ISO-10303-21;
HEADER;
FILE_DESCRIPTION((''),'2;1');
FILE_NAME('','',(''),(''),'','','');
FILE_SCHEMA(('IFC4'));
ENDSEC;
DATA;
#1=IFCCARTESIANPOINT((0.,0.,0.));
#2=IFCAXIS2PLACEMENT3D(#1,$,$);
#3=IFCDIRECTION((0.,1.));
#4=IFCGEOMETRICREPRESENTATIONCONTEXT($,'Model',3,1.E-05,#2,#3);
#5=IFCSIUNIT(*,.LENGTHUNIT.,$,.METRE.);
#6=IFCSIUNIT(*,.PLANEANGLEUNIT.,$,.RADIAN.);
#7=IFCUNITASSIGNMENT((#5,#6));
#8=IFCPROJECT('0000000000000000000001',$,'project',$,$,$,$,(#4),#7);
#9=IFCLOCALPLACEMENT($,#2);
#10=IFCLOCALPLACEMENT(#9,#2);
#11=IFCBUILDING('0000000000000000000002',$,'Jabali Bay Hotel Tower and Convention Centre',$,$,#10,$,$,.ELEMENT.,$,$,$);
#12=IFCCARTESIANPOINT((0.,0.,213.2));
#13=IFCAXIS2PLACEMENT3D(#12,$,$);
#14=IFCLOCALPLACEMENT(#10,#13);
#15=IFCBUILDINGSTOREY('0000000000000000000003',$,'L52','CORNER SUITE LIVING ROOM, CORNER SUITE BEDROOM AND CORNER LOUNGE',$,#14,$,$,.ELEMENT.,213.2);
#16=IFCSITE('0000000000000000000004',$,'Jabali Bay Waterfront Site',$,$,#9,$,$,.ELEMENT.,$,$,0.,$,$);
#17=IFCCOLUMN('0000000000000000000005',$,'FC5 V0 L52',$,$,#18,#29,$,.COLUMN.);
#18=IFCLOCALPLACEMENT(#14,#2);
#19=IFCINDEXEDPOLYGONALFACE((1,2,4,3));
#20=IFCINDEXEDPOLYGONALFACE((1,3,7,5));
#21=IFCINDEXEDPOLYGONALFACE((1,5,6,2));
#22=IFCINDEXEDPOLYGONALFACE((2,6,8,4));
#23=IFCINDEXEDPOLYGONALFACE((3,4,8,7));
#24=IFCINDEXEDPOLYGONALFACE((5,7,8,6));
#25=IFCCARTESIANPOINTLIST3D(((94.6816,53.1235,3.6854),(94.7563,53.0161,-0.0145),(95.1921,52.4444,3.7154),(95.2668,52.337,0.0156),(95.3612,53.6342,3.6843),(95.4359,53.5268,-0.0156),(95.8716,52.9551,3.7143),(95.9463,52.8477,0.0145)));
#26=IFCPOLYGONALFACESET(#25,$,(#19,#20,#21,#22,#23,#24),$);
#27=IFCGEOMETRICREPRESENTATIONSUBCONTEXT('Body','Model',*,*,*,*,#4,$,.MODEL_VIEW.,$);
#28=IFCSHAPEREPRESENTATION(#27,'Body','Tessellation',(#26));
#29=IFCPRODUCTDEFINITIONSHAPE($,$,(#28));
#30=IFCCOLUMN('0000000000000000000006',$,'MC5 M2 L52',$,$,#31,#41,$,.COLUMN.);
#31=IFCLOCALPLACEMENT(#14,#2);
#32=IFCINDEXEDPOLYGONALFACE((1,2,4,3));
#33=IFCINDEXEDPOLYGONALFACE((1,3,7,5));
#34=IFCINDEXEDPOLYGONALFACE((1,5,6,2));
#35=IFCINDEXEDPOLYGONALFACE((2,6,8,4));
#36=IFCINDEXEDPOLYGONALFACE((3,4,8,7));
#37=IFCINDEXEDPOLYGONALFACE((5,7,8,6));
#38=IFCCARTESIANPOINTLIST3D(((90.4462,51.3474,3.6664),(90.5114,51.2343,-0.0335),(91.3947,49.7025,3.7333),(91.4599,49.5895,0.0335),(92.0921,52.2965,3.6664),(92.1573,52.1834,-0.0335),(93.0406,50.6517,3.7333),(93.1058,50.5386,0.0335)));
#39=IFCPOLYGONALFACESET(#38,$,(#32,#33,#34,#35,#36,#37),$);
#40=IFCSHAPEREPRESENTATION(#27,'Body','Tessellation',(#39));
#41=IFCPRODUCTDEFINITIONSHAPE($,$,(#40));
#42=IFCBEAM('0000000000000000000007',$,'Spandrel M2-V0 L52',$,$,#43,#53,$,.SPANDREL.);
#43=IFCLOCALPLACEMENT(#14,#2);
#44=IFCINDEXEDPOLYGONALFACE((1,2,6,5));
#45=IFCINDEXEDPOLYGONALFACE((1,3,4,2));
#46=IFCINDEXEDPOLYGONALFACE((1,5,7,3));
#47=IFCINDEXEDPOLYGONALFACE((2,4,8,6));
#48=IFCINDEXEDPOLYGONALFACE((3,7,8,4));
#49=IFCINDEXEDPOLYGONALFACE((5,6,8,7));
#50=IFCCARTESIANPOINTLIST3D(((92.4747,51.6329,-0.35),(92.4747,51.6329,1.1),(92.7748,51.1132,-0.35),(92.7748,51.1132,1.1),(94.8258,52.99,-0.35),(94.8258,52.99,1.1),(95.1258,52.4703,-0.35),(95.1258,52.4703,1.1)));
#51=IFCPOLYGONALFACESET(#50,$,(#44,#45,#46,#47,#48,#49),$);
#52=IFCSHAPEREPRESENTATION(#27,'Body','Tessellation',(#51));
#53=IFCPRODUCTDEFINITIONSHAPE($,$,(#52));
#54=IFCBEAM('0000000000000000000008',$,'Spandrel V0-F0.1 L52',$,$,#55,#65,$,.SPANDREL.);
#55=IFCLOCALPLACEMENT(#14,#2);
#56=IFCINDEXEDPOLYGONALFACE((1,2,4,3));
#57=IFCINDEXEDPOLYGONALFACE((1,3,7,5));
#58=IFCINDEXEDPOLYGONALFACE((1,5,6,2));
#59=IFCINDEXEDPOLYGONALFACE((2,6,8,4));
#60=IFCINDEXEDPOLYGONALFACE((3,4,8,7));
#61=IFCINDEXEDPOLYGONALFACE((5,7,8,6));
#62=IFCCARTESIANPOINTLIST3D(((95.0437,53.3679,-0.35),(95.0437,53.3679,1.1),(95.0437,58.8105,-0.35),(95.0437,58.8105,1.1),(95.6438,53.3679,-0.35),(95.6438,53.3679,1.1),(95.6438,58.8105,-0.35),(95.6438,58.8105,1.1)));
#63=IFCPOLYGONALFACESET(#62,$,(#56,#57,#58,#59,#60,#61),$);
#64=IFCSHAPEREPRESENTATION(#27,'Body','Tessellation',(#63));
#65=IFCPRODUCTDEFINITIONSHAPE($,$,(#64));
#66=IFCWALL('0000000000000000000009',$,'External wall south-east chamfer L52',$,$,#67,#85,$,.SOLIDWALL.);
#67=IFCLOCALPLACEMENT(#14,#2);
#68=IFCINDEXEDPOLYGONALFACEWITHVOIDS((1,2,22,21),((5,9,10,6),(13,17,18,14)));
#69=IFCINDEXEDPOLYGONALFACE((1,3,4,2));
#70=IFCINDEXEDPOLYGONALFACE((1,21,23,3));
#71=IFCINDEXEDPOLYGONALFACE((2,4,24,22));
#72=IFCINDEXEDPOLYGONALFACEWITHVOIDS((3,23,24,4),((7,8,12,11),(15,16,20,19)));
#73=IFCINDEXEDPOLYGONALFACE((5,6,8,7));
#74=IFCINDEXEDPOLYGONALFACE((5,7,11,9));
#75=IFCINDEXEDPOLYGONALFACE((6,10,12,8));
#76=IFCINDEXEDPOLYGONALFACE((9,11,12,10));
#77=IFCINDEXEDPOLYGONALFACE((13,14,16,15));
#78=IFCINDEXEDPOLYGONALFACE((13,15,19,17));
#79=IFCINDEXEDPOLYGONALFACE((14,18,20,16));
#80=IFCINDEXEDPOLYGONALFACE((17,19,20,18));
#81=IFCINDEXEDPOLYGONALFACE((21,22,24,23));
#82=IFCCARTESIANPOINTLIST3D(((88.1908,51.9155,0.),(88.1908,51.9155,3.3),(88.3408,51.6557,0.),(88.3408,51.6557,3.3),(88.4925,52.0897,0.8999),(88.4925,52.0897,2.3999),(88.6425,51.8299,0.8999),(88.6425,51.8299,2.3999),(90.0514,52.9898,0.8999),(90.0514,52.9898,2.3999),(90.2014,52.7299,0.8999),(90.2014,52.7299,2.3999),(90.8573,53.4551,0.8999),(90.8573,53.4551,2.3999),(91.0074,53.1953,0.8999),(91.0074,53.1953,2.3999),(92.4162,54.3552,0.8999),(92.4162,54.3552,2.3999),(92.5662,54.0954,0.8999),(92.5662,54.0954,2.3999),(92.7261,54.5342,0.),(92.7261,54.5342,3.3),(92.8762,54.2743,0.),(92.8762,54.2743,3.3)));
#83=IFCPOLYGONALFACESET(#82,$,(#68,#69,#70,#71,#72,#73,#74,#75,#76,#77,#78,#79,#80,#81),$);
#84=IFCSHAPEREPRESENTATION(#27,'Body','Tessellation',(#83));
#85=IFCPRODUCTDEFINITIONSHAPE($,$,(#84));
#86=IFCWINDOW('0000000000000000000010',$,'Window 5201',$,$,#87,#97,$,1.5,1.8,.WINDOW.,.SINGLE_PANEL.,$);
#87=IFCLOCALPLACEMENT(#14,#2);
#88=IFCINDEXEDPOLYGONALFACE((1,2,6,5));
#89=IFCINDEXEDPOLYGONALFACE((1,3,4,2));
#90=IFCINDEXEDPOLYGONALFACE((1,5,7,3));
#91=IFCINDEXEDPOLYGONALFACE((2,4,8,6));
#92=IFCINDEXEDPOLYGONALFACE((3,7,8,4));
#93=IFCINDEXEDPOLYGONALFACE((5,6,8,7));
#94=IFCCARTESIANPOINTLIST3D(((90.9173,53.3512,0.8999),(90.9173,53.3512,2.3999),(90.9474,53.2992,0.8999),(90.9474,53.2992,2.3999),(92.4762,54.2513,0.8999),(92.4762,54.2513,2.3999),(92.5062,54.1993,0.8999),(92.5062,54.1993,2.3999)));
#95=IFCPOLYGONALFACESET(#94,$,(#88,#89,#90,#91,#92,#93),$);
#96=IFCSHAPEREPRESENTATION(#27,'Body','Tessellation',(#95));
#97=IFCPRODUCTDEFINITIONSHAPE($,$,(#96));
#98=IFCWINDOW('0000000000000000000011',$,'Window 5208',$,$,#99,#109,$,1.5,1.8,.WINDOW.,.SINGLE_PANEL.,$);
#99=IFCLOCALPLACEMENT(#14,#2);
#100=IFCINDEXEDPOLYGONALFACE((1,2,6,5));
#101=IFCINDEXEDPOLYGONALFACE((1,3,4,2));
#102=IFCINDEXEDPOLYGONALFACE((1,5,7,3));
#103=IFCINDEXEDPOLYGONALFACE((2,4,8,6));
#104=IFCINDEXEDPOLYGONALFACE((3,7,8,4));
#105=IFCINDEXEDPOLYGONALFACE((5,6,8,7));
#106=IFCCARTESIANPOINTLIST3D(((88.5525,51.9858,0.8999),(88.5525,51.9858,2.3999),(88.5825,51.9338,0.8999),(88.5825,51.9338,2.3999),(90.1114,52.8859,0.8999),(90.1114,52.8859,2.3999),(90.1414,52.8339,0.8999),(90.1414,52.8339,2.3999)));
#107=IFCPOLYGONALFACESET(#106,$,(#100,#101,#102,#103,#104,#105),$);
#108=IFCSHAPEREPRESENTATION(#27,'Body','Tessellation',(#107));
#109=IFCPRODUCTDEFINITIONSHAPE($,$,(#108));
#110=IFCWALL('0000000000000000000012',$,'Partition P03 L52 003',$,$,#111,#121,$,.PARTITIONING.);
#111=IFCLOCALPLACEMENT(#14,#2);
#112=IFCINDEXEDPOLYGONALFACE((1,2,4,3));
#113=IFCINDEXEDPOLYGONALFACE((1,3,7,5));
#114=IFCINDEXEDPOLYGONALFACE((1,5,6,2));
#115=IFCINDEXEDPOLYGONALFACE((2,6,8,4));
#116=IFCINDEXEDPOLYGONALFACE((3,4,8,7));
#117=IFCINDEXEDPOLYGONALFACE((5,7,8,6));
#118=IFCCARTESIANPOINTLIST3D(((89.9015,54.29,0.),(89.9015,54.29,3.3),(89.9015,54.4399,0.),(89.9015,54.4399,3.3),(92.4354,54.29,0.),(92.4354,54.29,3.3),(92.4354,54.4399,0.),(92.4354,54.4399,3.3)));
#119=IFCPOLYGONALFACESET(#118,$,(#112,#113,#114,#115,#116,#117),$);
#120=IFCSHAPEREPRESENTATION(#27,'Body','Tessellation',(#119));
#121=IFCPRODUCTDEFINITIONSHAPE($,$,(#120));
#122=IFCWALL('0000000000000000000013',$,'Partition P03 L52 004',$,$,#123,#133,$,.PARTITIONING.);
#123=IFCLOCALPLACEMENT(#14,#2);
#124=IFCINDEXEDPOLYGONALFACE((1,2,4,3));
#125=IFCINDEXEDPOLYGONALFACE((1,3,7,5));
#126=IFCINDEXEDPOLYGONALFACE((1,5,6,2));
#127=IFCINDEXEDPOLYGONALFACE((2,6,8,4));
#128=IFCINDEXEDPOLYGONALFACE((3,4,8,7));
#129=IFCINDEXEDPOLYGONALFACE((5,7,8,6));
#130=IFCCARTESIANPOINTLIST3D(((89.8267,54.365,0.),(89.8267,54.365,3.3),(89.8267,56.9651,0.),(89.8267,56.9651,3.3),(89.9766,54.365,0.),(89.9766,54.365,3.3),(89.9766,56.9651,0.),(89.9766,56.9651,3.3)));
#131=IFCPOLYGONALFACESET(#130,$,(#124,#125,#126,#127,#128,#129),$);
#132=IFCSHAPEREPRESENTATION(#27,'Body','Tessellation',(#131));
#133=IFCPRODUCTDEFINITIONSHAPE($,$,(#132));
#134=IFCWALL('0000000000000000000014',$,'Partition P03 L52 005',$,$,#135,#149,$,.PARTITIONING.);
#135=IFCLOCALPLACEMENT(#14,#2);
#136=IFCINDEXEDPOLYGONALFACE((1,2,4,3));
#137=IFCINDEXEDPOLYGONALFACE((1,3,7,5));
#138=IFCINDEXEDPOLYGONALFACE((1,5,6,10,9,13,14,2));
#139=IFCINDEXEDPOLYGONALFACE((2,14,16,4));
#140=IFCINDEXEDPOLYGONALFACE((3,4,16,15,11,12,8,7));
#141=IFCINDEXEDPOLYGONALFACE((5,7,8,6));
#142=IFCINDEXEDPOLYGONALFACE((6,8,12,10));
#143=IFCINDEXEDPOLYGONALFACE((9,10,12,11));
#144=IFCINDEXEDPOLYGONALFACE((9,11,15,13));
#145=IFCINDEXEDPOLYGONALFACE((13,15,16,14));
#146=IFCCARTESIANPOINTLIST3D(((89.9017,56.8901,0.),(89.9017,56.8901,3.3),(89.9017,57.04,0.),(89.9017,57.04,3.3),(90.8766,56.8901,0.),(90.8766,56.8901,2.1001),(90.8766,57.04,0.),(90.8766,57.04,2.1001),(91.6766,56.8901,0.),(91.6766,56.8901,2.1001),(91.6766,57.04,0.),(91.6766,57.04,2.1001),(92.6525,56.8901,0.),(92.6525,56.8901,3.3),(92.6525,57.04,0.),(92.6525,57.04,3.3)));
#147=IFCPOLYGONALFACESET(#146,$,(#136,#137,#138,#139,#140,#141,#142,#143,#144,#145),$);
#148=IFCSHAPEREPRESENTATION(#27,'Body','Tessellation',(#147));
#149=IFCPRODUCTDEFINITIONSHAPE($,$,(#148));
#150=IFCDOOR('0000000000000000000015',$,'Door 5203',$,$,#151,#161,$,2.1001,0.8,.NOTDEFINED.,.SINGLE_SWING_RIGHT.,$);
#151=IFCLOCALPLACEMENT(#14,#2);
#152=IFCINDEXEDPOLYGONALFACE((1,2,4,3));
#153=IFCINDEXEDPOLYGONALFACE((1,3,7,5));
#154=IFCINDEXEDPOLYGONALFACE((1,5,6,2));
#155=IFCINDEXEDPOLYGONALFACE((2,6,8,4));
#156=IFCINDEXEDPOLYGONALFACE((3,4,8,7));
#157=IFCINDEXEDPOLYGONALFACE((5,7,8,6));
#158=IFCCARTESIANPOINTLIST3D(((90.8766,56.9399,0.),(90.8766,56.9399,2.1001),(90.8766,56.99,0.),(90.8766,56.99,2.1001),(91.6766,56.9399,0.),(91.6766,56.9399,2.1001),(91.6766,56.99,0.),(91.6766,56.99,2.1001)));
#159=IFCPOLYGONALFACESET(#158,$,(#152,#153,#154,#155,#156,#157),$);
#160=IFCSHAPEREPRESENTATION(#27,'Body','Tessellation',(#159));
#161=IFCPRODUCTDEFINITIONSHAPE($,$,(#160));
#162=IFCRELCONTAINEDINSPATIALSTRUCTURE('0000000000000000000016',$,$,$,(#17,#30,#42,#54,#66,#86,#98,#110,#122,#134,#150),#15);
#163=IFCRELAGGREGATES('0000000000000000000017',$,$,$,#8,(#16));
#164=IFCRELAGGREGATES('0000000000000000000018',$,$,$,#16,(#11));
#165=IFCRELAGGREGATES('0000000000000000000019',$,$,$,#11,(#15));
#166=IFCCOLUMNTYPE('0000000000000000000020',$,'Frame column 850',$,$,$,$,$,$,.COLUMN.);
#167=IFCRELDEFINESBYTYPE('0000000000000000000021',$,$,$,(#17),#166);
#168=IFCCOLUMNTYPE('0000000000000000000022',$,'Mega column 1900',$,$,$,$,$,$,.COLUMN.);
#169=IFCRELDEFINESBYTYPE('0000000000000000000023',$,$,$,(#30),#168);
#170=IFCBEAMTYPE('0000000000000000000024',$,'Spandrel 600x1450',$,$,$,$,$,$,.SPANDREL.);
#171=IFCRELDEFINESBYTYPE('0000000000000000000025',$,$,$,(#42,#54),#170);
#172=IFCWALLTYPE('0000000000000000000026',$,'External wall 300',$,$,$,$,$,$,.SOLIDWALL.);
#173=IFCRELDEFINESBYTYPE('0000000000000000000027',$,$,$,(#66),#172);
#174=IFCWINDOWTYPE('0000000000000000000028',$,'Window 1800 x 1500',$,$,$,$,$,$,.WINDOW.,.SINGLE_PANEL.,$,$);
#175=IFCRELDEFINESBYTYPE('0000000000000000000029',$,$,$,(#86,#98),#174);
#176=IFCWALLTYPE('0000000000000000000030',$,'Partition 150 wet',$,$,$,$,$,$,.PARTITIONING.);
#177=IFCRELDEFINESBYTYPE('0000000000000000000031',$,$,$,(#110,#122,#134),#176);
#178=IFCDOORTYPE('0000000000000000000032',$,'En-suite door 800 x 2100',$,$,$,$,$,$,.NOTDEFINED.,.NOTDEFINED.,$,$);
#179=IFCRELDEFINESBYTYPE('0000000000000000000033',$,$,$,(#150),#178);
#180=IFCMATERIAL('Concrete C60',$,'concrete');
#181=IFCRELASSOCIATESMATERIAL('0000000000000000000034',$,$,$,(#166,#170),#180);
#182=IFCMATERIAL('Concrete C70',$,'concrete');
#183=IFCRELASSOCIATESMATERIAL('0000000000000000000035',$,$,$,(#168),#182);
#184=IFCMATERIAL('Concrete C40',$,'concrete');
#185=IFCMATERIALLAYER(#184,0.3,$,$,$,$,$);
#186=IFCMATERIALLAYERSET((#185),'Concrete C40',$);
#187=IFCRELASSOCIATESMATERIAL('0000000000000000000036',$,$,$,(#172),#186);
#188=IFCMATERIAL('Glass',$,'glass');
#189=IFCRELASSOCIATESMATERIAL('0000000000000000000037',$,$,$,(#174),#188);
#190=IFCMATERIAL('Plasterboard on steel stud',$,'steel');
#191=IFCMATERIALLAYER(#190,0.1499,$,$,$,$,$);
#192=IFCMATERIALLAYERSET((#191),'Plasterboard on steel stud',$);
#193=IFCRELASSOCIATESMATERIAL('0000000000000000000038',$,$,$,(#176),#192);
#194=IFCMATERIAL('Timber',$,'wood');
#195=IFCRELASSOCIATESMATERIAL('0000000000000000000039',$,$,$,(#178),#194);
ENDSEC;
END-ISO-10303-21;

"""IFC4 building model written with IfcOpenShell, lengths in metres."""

from ifc_helpers import new_model, si_unit, direction, frame, frame_2d, origin, origin_2d, place, context, subcontext, project, spatial, rectangle, extrude, material, layer, layer_set, material_profile, profile_set, type_object, element, fill, save


model = new_model("IFC4")

# Units and contexts
model_context = context("Model", 3, precision=1e-05, world=origin(), true_north=direction((0.0, 1.0)))
body_context = subcontext(model_context, "Body", "Model", "MODEL_VIEW")
ifc_project = project(units=[si_unit("LENGTHUNIT", "METRE"), si_unit("PLANEANGLEUNIT", "RADIAN")], contexts=[model_context])

# Site, building, storey
site_placement = place(None, origin())
site = spatial("IfcSite", under=ifc_project, at=site_placement, Name="Jabali Bay Waterfront Site", CompositionType="ELEMENT", RefElevation=0.0)
building_placement = place(site_placement, origin())
building = spatial("IfcBuilding", under=site, at=building_placement, Name="Jabali Bay Hotel Tower and Convention Centre", CompositionType="ELEMENT")
storey_placement = place(building_placement, frame((0.0, 0.0, 213.2)))
storey = spatial("IfcBuildingStorey", under=building, at=storey_placement, Name="L52", Description="CORNER SUITE LIVING ROOM, CORNER SUITE BEDROOM AND CORNER LOUNGE", CompositionType="ELEMENT", Elevation=213.2)

# Columns
ifc_material_1 = material(Name="Concrete C60", Category="concrete")
ifc_material_profile_1 = material_profile(ifc_material_1, rectangle(XDim=0.8501, YDim=0.8501, at=origin_2d()), Name="Frame column 850")
ifc_profile_set_1 = profile_set([ifc_material_profile_1], Name="Concrete C60")
column_type_1 = type_object("IfcColumnType", Name="Frame column 850", PredefinedType="COLUMN", material=ifc_profile_set_1)
column_1_placement = place(storey_placement, frame((95.3513, 52.9319, 0.0), z_axis=(-0.020179, 0.029015, 0.999375), x_axis=(-0.799396, -0.600804, 0.001302)))
element("IfcColumn", 1, at=column_1_placement, inside=storey, type_object=column_type_1, Name="FC5 V0 L52", PredefinedType="COLUMN", context=body_context, shape_type="SweptSolid", body=[
    extrude(rectangle(XDim=0.8501, YDim=0.8501, at=origin_2d()), origin(), (0.0, 0.0, 1.0), 3.7021),
])
ifc_material_2 = material(Name="Concrete C70", Category="concrete")
ifc_material_profile_2 = material_profile(ifc_material_2, rectangle(XDim=1.8999, YDim=1.8999, at=origin_2d()), Name="Mega column 1900")
ifc_profile_set_2 = profile_set([ifc_material_profile_2], Name="Concrete C70")
column_type_2 = type_object("IfcColumnType", Name="Mega column 1900", PredefinedType="COLUMN", material=ifc_profile_set_2)
column_2_placement = place(storey_placement, frame((91.8086, 50.8865, 0.0), z_axis=(-0.017607, 0.030532, 0.999379), x_axis=(0.499248, -0.865742, 0.035245)))
element("IfcColumn", 2, at=column_2_placement, inside=storey, type_object=column_type_2, Name="MC5 M2 L52", PredefinedType="COLUMN", context=body_context, shape_type="SweptSolid", body=[
    extrude(rectangle(XDim=1.8999, YDim=1.8999, at=origin_2d()), origin(), (0.0, 0.0, 1.0), 3.7021),
])

# Beams
ifc_material_profile_3 = material_profile(ifc_material_1, rectangle(XDim=0.6001, YDim=1.45, at=origin_2d()), Name="Spandrel 600x1450")
ifc_profile_set_3 = profile_set([ifc_material_profile_3], Name="Concrete C60")
beam_type = type_object("IfcBeamType", Name="Spandrel 600x1450", PredefinedType="SPANDREL", material=ifc_profile_set_3)
beam_1_placement = place(storey_placement, frame((92.6248, 51.373, 0.375), z_axis=(0.86606, 0.49994, 0.0), x_axis=(-0.49994, 0.86606, 0.0)))
element("IfcBeam", 3, at=beam_1_placement, inside=storey, type_object=beam_type, Name="Spandrel M2-V0 L52", PredefinedType="SPANDREL", context=body_context, shape_type="SweptSolid", body=[
    extrude(rectangle(XDim=0.6001, YDim=1.45, at=origin_2d()), origin(), (0.0, 0.0, 1.0), 2.7146),
])
beam_2_placement = place(storey_placement, frame((95.3438, 53.3679, 0.375), z_axis=(0.0, 1.0, 0.0), x_axis=(-1.0, 0.0, 0.0)))
element("IfcBeam", 4, at=beam_2_placement, inside=storey, type_object=beam_type, Name="Spandrel V0-F0.1 L52", PredefinedType="SPANDREL", context=body_context, shape_type="SweptSolid", body=[
    extrude(rectangle(XDim=0.6001, YDim=1.45, at=origin_2d()), origin(), (0.0, 0.0, 1.0), 5.4426),
])

# Wall, openings, windows
ifc_material_3 = material(Name="Concrete C40", Category="concrete")
ifc_layer_1 = layer(ifc_material_3, 0.3)
ifc_layer_set_1 = layer_set([ifc_layer_1], Name="Concrete C40")
wall_type_1 = type_object("IfcWallType", Name="External wall 300", PredefinedType="SOLIDWALL", material=ifc_layer_set_1)
wall_1_placement = place(storey_placement, frame((92.8013, 54.4043, 0.0), z_axis=(0.0, 0.0, 1.0), x_axis=(-0.866014, -0.50002, 0.0)))
wall_1 = element("IfcWall", 5, at=wall_1_placement, inside=storey, type_object=wall_type_1, Name="External wall south-east chamfer L52", PredefinedType="SOLIDWALL", context=body_context, shape_type="SweptSolid", body=[
    extrude(rectangle(XDim=5.2371, YDim=0.3, at=frame_2d((2.6187, 0.0))), origin(), (0.0, 0.0, 1.0), 3.3),
])
opening_1_placement = place(wall_1_placement, frame((0.3582, 0.0, 0.8999)))
opening_1 = element("IfcOpeningElement", 6, at=opening_1_placement, cuts=wall_1, PredefinedType="OPENING", context=body_context, shape_type="SweptSolid", body=[
    extrude(rectangle(XDim=1.8, YDim=1.5, at=frame_2d((0.8999, 0.75))), frame((0.0, 0.1606, 0.0), z_axis=(0.0, -1.0, 0.0), x_axis=(1.0, 0.0, 0.0)), (0.0, 0.0, 1.0), 0.321),
])
opening_2_placement = place(wall_1_placement, frame((3.0889, 0.0, 0.8999)))
opening_2 = element("IfcOpeningElement", 7, at=opening_2_placement, cuts=wall_1, PredefinedType="OPENING", context=body_context, shape_type="SweptSolid", body=[
    extrude(rectangle(XDim=1.8, YDim=1.5, at=frame_2d((0.8999, 0.75))), frame((0.0, 0.1606, 0.0), z_axis=(0.0, -1.0, 0.0), x_axis=(1.0, 0.0, 0.0)), (0.0, 0.0, 1.0), 0.321),
])
ifc_material_4 = material(Name="Glass", Category="glass")
window_type = type_object("IfcWindowType", Name="Window 1800 x 1500", PartitioningType="SINGLE_PANEL", PredefinedType="WINDOW", material=ifc_material_4)
window_1_placement = place(opening_1_placement, origin())
window_1 = element("IfcWindow", 8, at=window_1_placement, inside=storey, type_object=window_type, Name="Window 5201", OverallHeight=1.5, OverallWidth=1.8, PartitioningType="SINGLE_PANEL", PredefinedType="WINDOW", context=body_context, shape_type="SweptSolid", body=[
    extrude(rectangle(XDim=1.8, YDim=1.5, at=frame_2d((0.8999, 0.75))), frame((0.0, 0.03, 0.0), z_axis=(0.0, -1.0, 0.0), x_axis=(1.0, 0.0, 0.0)), (0.0, 0.0, 1.0), 0.0601),
])
fill(opening_1, window_1)
window_2_placement = place(opening_2_placement, origin())
window_2 = element("IfcWindow", 9, at=window_2_placement, inside=storey, type_object=window_type, Name="Window 5208", OverallHeight=1.5, OverallWidth=1.8, PartitioningType="SINGLE_PANEL", PredefinedType="WINDOW", context=body_context, shape_type="SweptSolid", body=[
    extrude(rectangle(XDim=1.8, YDim=1.5, at=frame_2d((0.8999, 0.75))), frame((0.0, 0.03, 0.0), z_axis=(0.0, -1.0, 0.0), x_axis=(1.0, 0.0, 0.0)), (0.0, 0.0, 1.0), 0.0601),
])
fill(opening_2, window_2)

# Walls
ifc_material_5 = material(Name="Plasterboard on steel stud", Category="steel")
ifc_layer_2 = layer(ifc_material_5, 0.1499)
ifc_layer_set_2 = layer_set([ifc_layer_2], Name="Plasterboard on steel stud")
wall_type_2 = type_object("IfcWallType", Name="Partition 150 wet", PredefinedType="PARTITIONING", material=ifc_layer_set_2)
wall_2_placement = place(storey_placement, frame((92.4355, 54.365, 0.0), z_axis=(0.0, 0.0, 1.0), x_axis=(-1.0, 0.0, 0.0)))
element("IfcWall", 10, at=wall_2_placement, inside=storey, type_object=wall_type_2, Name="Partition P03 L52 003", PredefinedType="PARTITIONING", context=body_context, shape_type="SweptSolid", body=[
    extrude(rectangle(XDim=2.5339, YDim=0.1499, at=frame_2d((1.2671, 0.0))), origin(), (0.0, 0.0, 1.0), 3.3),
])
wall_3_placement = place(storey_placement, frame((89.9016, 54.365, 0.0), z_axis=(0.0, 0.0, 1.0), x_axis=(0.0, 1.0, 0.0)))
element("IfcWall", 11, at=wall_3_placement, inside=storey, type_object=wall_type_2, Name="Partition P03 L52 004", PredefinedType="PARTITIONING", context=body_context, shape_type="SweptSolid", body=[
    extrude(rectangle(XDim=2.6001, YDim=0.1499, at=frame_2d((1.3, 0.0))), origin(), (0.0, 0.0, 1.0), 3.3),
])

# Wall, opening, door
wall_4_placement = place(storey_placement, frame((89.9016, 56.9651, 0.0), z_axis=(0.0, 0.0, 1.0), x_axis=(1.0, 0.0, 0.0)))
wall_4 = element("IfcWall", 12, at=wall_4_placement, inside=storey, type_object=wall_type_2, Name="Partition P03 L52 005", PredefinedType="PARTITIONING", context=body_context, shape_type="SweptSolid", body=[
    extrude(rectangle(XDim=2.7507, YDim=0.1499, at=frame_2d((1.3755, 0.0))), origin(), (0.0, 0.0, 1.0), 3.3),
])
opening_3_placement = place(wall_4_placement, frame((0.9751, 0.0, 0.0)))
opening_3 = element("IfcOpeningElement", 13, at=opening_3_placement, cuts=wall_4, PredefinedType="OPENING", context=body_context, shape_type="SweptSolid", body=[
    extrude(rectangle(XDim=0.8, YDim=2.1001, at=frame_2d((0.3999, 1.05))), frame((0.0, 0.0854, 0.0), z_axis=(0.0, -1.0, 0.0), x_axis=(1.0, 0.0, 0.0)), (0.0, 0.0, 1.0), 0.1709),
])
ifc_material_6 = material(Name="Timber", Category="wood")
door_type = type_object("IfcDoorType", Name="En-suite door 800 x 2100", OperationType="NOTDEFINED", PredefinedType="NOTDEFINED", material=ifc_material_6)
door_placement = place(opening_3_placement, origin())
door = element("IfcDoor", 14, at=door_placement, inside=storey, type_object=door_type, Name="Door 5203", OperationType="SINGLE_SWING_RIGHT", OverallHeight=2.1001, OverallWidth=0.8, PredefinedType="NOTDEFINED", context=body_context, shape_type="SweptSolid", body=[
    extrude(rectangle(XDim=0.8, YDim=2.1001, at=frame_2d((0.3999, 1.05))), frame((0.0, 0.0249, 0.0), z_axis=(0.0, -1.0, 0.0), x_axis=(1.0, 0.0, 0.0)), (0.0, 0.0, 1.0), 0.05),
])
fill(opening_3, door)

save(model, "model.ifc")
